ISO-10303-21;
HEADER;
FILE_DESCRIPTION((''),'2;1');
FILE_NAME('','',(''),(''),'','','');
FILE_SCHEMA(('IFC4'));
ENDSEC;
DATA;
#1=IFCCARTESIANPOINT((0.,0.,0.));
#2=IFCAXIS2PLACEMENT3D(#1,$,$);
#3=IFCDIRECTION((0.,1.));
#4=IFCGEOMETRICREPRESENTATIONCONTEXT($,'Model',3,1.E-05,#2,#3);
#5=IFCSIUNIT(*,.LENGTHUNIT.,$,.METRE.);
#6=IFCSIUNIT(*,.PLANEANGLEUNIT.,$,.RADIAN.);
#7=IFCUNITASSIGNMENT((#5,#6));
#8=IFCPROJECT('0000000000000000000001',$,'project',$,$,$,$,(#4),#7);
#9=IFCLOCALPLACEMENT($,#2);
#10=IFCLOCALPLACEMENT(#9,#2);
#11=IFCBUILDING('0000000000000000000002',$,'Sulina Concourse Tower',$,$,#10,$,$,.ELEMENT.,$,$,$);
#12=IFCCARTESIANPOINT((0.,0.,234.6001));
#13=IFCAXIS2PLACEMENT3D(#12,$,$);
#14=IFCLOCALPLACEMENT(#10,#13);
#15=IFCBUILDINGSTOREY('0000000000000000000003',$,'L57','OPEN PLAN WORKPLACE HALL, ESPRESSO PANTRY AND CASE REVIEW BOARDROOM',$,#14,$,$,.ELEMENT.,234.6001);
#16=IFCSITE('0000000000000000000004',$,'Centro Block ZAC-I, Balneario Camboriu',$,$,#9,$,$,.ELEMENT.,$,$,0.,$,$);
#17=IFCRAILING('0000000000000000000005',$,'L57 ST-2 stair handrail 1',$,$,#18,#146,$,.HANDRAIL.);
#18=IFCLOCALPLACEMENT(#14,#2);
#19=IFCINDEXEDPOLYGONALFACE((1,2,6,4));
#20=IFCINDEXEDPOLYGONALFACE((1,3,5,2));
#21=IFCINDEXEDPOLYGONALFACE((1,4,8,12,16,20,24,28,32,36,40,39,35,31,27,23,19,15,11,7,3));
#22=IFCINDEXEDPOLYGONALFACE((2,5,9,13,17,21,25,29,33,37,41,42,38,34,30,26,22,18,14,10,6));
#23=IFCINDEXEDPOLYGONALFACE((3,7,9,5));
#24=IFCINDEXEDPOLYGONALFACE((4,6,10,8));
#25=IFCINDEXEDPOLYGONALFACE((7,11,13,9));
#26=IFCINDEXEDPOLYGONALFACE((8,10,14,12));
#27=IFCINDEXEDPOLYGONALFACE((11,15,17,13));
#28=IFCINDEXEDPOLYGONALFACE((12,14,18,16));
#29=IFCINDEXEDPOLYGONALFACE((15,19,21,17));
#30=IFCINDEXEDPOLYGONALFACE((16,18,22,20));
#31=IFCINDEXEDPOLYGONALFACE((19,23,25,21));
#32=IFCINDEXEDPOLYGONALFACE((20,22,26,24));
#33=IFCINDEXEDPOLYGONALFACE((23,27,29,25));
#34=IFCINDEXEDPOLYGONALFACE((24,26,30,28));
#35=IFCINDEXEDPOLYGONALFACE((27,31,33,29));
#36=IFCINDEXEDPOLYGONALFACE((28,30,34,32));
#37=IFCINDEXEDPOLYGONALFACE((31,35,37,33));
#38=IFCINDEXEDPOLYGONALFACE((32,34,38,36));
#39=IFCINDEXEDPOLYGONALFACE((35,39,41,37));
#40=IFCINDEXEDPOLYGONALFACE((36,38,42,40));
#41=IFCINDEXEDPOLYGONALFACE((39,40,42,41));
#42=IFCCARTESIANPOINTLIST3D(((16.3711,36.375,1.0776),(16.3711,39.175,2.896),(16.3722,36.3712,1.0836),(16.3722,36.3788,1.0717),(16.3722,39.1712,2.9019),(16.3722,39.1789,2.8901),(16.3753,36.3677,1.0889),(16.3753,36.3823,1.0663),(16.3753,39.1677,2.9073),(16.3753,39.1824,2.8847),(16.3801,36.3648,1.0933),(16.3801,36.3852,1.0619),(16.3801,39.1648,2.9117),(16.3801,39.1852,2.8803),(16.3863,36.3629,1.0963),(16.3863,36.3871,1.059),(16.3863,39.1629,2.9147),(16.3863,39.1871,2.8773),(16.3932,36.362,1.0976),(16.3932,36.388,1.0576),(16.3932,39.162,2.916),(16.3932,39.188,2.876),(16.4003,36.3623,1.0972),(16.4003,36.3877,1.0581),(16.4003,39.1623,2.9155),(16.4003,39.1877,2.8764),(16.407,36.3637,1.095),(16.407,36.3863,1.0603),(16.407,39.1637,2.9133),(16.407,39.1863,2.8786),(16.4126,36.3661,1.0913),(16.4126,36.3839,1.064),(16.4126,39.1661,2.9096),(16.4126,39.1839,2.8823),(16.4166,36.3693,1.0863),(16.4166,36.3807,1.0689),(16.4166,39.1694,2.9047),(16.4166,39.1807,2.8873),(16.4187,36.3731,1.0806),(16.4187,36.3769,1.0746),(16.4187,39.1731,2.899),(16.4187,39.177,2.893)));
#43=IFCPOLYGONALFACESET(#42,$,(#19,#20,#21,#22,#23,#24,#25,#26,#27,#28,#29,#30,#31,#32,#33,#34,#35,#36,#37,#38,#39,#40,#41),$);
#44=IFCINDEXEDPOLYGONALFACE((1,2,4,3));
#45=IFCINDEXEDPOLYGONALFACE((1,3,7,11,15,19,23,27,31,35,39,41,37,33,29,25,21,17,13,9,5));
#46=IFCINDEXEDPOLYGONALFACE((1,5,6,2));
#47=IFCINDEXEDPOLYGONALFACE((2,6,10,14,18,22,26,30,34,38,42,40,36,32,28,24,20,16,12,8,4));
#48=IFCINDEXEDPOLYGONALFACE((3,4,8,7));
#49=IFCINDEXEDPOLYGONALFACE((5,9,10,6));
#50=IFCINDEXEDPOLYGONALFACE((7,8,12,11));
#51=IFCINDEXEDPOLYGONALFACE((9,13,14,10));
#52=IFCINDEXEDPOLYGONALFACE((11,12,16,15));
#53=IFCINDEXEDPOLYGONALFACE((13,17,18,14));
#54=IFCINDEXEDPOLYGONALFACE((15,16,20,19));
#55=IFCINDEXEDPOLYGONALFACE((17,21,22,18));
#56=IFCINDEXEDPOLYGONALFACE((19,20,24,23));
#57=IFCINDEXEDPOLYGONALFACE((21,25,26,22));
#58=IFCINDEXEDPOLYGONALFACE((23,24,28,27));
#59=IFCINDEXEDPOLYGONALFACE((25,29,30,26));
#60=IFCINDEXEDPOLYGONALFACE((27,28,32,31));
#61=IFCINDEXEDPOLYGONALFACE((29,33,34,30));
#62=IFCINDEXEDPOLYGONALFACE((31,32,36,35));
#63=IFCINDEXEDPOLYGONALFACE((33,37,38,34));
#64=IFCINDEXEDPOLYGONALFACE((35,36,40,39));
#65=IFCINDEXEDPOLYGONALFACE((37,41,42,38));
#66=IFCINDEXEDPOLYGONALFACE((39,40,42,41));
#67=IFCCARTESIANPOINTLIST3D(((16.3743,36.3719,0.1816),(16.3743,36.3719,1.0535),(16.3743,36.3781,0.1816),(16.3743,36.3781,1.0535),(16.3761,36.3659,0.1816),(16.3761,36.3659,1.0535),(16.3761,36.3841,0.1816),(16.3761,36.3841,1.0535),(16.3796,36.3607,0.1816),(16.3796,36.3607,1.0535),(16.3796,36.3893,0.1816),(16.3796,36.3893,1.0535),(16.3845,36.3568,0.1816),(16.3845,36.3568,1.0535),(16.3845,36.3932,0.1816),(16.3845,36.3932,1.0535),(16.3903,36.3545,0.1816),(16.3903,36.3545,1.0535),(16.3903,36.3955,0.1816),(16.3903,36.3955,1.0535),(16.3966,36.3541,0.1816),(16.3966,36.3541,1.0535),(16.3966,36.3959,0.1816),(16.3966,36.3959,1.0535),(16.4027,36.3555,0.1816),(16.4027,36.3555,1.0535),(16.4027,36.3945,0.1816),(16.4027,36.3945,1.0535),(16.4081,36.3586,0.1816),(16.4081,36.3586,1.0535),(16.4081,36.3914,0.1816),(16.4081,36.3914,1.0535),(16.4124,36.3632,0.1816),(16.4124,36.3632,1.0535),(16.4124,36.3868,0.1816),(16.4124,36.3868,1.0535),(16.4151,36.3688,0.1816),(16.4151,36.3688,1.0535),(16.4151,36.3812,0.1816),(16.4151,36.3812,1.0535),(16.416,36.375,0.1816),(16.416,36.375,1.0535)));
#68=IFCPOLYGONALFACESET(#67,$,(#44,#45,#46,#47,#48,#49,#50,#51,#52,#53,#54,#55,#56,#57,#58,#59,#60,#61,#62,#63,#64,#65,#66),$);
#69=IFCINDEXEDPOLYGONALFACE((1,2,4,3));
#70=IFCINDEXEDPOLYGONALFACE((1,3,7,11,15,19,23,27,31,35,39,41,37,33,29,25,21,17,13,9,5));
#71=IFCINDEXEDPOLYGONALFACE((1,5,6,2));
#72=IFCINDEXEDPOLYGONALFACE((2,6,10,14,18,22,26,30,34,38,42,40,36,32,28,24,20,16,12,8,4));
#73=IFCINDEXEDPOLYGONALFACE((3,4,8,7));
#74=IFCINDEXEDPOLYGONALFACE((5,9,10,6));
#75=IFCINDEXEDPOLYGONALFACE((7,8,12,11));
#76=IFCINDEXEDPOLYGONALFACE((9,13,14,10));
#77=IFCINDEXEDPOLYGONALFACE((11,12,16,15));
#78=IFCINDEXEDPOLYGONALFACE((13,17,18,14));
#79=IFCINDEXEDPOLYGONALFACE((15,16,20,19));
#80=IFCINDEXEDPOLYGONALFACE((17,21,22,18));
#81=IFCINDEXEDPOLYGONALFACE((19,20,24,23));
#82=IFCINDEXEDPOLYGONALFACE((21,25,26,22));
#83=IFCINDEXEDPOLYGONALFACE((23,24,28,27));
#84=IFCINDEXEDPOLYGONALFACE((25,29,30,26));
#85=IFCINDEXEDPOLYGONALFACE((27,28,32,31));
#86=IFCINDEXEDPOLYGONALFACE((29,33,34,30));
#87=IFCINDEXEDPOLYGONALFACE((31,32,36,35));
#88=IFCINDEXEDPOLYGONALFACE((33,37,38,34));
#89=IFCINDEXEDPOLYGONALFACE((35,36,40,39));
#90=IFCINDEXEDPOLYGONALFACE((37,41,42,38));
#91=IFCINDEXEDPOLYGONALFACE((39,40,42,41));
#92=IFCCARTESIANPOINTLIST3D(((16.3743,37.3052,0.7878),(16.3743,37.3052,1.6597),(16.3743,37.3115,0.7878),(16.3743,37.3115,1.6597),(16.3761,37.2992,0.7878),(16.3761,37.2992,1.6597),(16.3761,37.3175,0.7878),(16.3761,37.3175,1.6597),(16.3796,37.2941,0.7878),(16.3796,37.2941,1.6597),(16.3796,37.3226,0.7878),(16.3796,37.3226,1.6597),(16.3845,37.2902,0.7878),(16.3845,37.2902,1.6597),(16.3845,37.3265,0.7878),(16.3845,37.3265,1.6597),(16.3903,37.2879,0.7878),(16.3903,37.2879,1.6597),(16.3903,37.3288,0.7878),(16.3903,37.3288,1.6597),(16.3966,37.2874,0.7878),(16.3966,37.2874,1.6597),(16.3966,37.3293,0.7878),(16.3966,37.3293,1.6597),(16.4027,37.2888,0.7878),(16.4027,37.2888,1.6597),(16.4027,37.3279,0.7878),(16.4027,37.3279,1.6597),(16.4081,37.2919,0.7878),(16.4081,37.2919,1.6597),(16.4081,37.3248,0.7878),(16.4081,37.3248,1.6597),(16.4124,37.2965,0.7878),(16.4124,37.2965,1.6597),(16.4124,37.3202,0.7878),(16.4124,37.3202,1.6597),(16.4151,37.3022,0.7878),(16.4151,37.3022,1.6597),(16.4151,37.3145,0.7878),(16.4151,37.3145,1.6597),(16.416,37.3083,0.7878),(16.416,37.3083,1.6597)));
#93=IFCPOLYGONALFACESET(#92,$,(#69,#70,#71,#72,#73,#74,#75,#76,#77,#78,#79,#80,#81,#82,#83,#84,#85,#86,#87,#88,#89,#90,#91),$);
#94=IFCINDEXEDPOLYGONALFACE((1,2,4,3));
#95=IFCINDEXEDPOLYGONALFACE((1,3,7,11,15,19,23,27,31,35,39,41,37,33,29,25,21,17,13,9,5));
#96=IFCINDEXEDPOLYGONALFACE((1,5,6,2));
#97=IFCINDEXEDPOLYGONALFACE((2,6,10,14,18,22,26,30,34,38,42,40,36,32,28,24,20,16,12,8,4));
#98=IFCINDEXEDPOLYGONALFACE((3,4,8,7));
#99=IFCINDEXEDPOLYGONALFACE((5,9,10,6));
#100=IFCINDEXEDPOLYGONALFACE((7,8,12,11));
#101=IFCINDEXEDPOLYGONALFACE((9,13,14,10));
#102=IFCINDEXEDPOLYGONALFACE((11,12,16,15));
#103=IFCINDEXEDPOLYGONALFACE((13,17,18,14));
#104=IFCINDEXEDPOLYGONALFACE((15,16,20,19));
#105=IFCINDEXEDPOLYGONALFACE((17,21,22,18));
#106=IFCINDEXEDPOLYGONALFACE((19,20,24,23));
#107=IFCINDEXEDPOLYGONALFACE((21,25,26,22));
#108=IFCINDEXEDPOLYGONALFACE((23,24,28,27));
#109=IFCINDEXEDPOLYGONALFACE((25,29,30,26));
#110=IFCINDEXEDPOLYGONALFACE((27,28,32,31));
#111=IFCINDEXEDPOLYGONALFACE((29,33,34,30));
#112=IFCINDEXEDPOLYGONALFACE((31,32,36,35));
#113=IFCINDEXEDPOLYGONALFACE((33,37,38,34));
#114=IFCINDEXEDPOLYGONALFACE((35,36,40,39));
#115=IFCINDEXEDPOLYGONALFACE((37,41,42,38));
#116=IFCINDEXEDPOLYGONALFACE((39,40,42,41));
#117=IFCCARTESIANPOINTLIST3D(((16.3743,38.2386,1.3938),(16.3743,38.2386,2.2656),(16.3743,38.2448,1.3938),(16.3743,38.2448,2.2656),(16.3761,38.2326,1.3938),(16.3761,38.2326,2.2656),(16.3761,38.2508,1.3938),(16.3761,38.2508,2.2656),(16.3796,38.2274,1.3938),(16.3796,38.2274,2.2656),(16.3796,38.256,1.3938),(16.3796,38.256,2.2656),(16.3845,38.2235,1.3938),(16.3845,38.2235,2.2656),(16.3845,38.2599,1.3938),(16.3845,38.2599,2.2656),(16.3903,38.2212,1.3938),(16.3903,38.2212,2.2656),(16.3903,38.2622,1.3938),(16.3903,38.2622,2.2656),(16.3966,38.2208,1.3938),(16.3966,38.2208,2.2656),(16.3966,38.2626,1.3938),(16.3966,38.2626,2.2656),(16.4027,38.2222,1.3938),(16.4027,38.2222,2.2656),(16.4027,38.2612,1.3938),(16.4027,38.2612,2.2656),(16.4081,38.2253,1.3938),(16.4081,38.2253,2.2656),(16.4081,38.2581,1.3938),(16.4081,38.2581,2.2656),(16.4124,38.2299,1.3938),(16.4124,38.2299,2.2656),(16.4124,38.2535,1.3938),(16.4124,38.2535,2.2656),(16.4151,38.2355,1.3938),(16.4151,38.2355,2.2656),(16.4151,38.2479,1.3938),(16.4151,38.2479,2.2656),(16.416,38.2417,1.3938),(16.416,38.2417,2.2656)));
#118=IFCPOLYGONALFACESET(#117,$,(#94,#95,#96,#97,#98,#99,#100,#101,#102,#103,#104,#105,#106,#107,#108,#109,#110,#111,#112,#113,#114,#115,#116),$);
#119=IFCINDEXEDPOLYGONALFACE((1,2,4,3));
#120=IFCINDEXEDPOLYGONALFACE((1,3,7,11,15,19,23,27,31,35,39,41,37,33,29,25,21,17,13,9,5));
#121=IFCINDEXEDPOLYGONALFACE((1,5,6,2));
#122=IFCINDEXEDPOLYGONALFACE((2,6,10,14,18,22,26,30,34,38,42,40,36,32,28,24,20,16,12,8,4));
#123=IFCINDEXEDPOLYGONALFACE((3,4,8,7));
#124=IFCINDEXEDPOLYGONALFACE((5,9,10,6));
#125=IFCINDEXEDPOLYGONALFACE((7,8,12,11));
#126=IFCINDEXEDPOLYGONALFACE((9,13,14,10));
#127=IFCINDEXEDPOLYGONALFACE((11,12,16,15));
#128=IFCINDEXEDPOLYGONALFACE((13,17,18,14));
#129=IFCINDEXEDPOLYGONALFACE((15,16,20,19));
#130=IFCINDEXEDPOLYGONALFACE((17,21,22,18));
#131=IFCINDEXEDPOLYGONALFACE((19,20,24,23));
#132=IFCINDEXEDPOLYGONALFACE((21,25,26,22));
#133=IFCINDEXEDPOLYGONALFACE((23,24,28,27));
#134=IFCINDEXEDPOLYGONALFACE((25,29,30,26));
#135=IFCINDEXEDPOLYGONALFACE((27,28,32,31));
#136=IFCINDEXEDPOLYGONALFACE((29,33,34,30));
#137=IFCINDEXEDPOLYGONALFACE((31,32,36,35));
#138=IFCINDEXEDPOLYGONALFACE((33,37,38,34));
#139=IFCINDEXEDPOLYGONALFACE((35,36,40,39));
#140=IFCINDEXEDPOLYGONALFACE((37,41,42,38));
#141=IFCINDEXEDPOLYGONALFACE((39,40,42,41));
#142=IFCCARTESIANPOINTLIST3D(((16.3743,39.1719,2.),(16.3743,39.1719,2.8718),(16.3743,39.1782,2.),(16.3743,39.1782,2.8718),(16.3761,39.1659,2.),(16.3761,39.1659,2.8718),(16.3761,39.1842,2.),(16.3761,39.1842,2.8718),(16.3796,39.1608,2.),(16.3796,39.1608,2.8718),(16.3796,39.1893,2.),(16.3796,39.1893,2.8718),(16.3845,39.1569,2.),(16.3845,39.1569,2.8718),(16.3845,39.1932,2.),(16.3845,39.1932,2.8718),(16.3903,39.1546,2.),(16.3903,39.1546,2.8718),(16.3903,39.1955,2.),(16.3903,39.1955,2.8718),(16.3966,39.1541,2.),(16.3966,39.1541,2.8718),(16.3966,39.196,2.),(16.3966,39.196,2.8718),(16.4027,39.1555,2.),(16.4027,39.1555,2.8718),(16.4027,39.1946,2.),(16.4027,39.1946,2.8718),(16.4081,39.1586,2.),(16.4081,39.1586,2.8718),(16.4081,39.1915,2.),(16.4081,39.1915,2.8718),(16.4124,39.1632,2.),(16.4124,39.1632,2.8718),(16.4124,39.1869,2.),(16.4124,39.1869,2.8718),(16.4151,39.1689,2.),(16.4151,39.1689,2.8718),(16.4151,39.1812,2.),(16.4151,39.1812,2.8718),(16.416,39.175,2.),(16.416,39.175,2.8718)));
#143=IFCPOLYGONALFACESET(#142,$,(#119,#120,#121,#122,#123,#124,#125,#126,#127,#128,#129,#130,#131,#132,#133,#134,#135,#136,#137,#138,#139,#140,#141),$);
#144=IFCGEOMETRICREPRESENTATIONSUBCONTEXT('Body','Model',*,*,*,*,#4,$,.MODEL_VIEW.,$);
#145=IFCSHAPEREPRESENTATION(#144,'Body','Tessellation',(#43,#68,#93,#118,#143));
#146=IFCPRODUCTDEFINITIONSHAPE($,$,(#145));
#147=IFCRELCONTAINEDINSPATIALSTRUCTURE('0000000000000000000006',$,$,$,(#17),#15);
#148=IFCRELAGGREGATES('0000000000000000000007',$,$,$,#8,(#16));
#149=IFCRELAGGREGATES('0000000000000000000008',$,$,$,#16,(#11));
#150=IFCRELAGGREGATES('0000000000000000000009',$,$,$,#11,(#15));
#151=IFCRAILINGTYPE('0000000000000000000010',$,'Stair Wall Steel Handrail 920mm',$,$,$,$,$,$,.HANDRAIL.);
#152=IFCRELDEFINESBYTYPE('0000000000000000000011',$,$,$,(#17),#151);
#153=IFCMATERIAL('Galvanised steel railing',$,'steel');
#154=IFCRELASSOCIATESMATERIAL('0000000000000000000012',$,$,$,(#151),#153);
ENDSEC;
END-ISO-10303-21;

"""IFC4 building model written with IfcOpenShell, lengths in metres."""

from ifc_helpers import new_model, si_unit, direction, frame, origin, origin_2d, place, context, subcontext, project, spatial, circle, extrude, material, type_object, element, save


model = new_model("IFC4")

# Units and contexts
model_context = context("Model", 3, precision=1e-05, world=origin(), true_north=direction((0.0, 1.0)))
body_context = subcontext(model_context, "Body", "Model", "MODEL_VIEW")
ifc_project = project(units=[si_unit("LENGTHUNIT", "METRE"), si_unit("PLANEANGLEUNIT", "RADIAN")], contexts=[model_context])

# Site, building, storey
site_placement = place(None, origin())
site = spatial("IfcSite", under=ifc_project, at=site_placement, Name="Centro Block ZAC-I, Balneario Camboriu", CompositionType="ELEMENT", RefElevation=0.0)
building_placement = place(site_placement, origin())
building = spatial("IfcBuilding", under=site, at=building_placement, Name="Sulina Concourse Tower", CompositionType="ELEMENT")
storey_placement = place(building_placement, frame((0.0, 0.0, 234.6001)))
storey = spatial("IfcBuildingStorey", under=building, at=storey_placement, Name="L57", Description="OPEN PLAN WORKPLACE HALL, ESPRESSO PANTRY AND CASE REVIEW BOARDROOM", CompositionType="ELEMENT", Elevation=234.6001)

# Railing
ifc_material_1 = material(Name="Galvanised steel railing", Category="steel")
railing_type_1 = type_object("IfcRailingType", Name="Stair Wall Steel Handrail 920mm", PredefinedType="HANDRAIL", material=ifc_material_1)
railing_1_placement = place(storey_placement, frame((16.395, 36.375, 0.1816)))
element("IfcRailing", 1, at=railing_1_placement, inside=storey, type_object=railing_type_1, Name="L57 ST-2 stair handrail 1", PredefinedType="HANDRAIL", context=body_context, shape_type="SweptSolid", body=[
    extrude(circle(Radius=0.0239, at=origin_2d()), frame((0.0, 0.0, 0.896), z_axis=(0.0, 0.838672, 0.544636), x_axis=(-1.0, 0.0, 0.0)), (0.0, 0.0, 1.0), 3.3386),
    extrude(circle(Radius=0.021, at=origin_2d()), origin(), (0.0, 0.0, 1.0), 0.8718),
    extrude(circle(Radius=0.021, at=origin_2d()), frame((0.0, 0.9333, 0.6062)), (0.0, 0.0, 1.0), 0.8718),
    extrude(circle(Radius=0.021, at=origin_2d()), frame((0.0, 1.8667, 1.2122)), (0.0, 0.0, 1.0), 0.8718),
    extrude(circle(Radius=0.021, at=origin_2d()), frame((0.0, 2.8, 1.8184)), (0.0, 0.0, 1.0), 0.8718),
])

save(model, "model.ifc")
